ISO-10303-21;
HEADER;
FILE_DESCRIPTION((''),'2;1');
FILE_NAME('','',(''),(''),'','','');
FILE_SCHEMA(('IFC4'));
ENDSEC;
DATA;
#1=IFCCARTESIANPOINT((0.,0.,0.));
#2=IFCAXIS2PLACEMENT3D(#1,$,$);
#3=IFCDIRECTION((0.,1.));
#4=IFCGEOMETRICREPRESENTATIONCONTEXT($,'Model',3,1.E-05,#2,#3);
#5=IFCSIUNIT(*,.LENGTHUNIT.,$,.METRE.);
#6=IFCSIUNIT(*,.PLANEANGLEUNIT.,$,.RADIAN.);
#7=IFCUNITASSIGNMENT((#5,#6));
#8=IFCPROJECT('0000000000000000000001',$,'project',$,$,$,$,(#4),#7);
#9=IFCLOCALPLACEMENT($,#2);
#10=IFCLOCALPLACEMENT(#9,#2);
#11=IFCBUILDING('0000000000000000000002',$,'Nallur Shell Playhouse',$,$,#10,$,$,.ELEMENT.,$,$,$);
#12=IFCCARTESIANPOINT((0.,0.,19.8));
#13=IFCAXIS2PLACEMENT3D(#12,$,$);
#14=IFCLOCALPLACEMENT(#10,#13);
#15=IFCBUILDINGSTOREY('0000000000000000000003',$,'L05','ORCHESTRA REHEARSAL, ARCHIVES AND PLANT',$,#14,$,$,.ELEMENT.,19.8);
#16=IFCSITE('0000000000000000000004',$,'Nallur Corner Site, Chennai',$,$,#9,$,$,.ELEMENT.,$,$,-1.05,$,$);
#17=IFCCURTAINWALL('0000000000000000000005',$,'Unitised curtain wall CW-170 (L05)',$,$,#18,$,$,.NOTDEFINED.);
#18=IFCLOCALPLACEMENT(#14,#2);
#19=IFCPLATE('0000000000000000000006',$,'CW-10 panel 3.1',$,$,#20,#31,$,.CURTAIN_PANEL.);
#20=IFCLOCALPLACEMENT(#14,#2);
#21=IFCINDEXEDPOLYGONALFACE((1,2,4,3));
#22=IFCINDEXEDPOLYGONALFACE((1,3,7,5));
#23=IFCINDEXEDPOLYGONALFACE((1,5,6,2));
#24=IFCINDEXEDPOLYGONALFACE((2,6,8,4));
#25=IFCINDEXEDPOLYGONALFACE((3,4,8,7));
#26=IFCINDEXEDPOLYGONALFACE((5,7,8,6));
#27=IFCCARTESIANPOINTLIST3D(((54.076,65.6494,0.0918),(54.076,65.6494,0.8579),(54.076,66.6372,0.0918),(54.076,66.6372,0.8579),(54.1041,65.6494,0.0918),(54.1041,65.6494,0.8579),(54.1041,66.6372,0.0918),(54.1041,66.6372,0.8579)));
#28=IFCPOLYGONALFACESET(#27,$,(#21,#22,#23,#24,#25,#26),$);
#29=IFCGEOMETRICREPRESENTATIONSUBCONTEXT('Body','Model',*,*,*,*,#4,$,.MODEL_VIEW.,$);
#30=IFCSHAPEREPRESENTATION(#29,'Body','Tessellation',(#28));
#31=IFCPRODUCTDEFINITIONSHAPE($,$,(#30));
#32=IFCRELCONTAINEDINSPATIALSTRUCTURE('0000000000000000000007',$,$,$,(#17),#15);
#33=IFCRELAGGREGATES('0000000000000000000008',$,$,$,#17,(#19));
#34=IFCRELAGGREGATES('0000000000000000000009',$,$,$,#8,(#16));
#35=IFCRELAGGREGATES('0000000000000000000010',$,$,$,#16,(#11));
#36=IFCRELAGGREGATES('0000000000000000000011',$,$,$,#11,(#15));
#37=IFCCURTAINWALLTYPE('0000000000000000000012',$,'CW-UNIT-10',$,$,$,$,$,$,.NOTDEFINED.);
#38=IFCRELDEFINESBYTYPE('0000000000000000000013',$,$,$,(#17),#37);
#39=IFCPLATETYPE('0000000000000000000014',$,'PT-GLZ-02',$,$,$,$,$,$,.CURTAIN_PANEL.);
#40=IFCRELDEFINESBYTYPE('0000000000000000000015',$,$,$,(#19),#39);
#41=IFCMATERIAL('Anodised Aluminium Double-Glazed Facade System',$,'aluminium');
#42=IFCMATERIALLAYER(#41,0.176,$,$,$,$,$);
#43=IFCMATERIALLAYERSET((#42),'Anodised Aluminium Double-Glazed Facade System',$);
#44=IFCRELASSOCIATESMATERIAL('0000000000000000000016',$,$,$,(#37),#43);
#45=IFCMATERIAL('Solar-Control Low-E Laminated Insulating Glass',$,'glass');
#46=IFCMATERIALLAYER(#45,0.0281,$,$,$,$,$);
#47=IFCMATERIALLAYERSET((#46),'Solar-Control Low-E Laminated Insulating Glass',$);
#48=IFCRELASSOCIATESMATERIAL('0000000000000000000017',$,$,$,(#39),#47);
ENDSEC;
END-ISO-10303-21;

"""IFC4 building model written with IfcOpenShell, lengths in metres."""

from ifc_helpers import new_model, si_unit, direction, frame, origin, origin_2d, place, context, subcontext, project, spatial, rectangle, extrude, material, layer, layer_set, type_object, element, aggregate, save


model = new_model("IFC4")

# Units and contexts
model_context = context("Model", 3, precision=1e-05, world=origin(), true_north=direction((0.0, 1.0)))
body_context = subcontext(model_context, "Body", "Model", "MODEL_VIEW")
ifc_project = project(units=[si_unit("LENGTHUNIT", "METRE"), si_unit("PLANEANGLEUNIT", "RADIAN")], contexts=[model_context])

# Site, building, storey
site_placement = place(None, origin())
site = spatial("IfcSite", under=ifc_project, at=site_placement, Name="Nallur Corner Site, Chennai", CompositionType="ELEMENT", RefElevation=-1.05)
building_placement = place(site_placement, origin())
building = spatial("IfcBuilding", under=site, at=building_placement, Name="Nallur Shell Playhouse", CompositionType="ELEMENT")
storey_placement = place(building_placement, frame((0.0, 0.0, 19.8)))
storey = spatial("IfcBuildingStorey", under=building, at=storey_placement, Name="L05", Description="ORCHESTRA REHEARSAL, ARCHIVES AND PLANT", CompositionType="ELEMENT", Elevation=19.8)

# Curtain wall, plate
ifc_material_1 = material(Name="Anodised Aluminium Double-Glazed Facade System", Category="aluminium")
ifc_layer_1 = layer(ifc_material_1, 0.176)
ifc_layer_set_1 = layer_set([ifc_layer_1], Name="Anodised Aluminium Double-Glazed Facade System")
curtain_wall_type = type_object("IfcCurtainWallType", Name="CW-UNIT-10", PredefinedType="NOTDEFINED", material=ifc_layer_set_1)
curtain_wall_placement = place(storey_placement, origin())
curtain_wall = element("IfcCurtainWall", 1, at=curtain_wall_placement, inside=storey, type_object=curtain_wall_type, Name="Unitised curtain wall CW-170 (L05)", PredefinedType="NOTDEFINED")
ifc_material_2 = material(Name="Solar-Control Low-E Laminated Insulating Glass", Category="glass")
ifc_layer_2 = layer(ifc_material_2, 0.0281)
ifc_layer_set_2 = layer_set([ifc_layer_2], Name="Solar-Control Low-E Laminated Insulating Glass")
plate_type = type_object("IfcPlateType", Name="PT-GLZ-02", PredefinedType="CURTAIN_PANEL", material=ifc_layer_set_2)
plate_1_placement = place(storey_placement, frame((54.0901, 66.1433, 0.0918), z_axis=(0.0, 0.0, 1.0), x_axis=(0.0, 1.0, 0.0)))
plate_1 = element("IfcPlate", 2, at=plate_1_placement, type_object=plate_type, Name="CW-10 panel 3.1", PredefinedType="CURTAIN_PANEL", context=body_context, shape_type="SweptSolid", body=[
    extrude(rectangle(XDim=0.9878, YDim=0.0281, at=origin_2d()), origin(), (0.0, 0.0, 1.0), 0.7661),
])
aggregate(curtain_wall, [plate_1])

save(model, "model.ifc")
